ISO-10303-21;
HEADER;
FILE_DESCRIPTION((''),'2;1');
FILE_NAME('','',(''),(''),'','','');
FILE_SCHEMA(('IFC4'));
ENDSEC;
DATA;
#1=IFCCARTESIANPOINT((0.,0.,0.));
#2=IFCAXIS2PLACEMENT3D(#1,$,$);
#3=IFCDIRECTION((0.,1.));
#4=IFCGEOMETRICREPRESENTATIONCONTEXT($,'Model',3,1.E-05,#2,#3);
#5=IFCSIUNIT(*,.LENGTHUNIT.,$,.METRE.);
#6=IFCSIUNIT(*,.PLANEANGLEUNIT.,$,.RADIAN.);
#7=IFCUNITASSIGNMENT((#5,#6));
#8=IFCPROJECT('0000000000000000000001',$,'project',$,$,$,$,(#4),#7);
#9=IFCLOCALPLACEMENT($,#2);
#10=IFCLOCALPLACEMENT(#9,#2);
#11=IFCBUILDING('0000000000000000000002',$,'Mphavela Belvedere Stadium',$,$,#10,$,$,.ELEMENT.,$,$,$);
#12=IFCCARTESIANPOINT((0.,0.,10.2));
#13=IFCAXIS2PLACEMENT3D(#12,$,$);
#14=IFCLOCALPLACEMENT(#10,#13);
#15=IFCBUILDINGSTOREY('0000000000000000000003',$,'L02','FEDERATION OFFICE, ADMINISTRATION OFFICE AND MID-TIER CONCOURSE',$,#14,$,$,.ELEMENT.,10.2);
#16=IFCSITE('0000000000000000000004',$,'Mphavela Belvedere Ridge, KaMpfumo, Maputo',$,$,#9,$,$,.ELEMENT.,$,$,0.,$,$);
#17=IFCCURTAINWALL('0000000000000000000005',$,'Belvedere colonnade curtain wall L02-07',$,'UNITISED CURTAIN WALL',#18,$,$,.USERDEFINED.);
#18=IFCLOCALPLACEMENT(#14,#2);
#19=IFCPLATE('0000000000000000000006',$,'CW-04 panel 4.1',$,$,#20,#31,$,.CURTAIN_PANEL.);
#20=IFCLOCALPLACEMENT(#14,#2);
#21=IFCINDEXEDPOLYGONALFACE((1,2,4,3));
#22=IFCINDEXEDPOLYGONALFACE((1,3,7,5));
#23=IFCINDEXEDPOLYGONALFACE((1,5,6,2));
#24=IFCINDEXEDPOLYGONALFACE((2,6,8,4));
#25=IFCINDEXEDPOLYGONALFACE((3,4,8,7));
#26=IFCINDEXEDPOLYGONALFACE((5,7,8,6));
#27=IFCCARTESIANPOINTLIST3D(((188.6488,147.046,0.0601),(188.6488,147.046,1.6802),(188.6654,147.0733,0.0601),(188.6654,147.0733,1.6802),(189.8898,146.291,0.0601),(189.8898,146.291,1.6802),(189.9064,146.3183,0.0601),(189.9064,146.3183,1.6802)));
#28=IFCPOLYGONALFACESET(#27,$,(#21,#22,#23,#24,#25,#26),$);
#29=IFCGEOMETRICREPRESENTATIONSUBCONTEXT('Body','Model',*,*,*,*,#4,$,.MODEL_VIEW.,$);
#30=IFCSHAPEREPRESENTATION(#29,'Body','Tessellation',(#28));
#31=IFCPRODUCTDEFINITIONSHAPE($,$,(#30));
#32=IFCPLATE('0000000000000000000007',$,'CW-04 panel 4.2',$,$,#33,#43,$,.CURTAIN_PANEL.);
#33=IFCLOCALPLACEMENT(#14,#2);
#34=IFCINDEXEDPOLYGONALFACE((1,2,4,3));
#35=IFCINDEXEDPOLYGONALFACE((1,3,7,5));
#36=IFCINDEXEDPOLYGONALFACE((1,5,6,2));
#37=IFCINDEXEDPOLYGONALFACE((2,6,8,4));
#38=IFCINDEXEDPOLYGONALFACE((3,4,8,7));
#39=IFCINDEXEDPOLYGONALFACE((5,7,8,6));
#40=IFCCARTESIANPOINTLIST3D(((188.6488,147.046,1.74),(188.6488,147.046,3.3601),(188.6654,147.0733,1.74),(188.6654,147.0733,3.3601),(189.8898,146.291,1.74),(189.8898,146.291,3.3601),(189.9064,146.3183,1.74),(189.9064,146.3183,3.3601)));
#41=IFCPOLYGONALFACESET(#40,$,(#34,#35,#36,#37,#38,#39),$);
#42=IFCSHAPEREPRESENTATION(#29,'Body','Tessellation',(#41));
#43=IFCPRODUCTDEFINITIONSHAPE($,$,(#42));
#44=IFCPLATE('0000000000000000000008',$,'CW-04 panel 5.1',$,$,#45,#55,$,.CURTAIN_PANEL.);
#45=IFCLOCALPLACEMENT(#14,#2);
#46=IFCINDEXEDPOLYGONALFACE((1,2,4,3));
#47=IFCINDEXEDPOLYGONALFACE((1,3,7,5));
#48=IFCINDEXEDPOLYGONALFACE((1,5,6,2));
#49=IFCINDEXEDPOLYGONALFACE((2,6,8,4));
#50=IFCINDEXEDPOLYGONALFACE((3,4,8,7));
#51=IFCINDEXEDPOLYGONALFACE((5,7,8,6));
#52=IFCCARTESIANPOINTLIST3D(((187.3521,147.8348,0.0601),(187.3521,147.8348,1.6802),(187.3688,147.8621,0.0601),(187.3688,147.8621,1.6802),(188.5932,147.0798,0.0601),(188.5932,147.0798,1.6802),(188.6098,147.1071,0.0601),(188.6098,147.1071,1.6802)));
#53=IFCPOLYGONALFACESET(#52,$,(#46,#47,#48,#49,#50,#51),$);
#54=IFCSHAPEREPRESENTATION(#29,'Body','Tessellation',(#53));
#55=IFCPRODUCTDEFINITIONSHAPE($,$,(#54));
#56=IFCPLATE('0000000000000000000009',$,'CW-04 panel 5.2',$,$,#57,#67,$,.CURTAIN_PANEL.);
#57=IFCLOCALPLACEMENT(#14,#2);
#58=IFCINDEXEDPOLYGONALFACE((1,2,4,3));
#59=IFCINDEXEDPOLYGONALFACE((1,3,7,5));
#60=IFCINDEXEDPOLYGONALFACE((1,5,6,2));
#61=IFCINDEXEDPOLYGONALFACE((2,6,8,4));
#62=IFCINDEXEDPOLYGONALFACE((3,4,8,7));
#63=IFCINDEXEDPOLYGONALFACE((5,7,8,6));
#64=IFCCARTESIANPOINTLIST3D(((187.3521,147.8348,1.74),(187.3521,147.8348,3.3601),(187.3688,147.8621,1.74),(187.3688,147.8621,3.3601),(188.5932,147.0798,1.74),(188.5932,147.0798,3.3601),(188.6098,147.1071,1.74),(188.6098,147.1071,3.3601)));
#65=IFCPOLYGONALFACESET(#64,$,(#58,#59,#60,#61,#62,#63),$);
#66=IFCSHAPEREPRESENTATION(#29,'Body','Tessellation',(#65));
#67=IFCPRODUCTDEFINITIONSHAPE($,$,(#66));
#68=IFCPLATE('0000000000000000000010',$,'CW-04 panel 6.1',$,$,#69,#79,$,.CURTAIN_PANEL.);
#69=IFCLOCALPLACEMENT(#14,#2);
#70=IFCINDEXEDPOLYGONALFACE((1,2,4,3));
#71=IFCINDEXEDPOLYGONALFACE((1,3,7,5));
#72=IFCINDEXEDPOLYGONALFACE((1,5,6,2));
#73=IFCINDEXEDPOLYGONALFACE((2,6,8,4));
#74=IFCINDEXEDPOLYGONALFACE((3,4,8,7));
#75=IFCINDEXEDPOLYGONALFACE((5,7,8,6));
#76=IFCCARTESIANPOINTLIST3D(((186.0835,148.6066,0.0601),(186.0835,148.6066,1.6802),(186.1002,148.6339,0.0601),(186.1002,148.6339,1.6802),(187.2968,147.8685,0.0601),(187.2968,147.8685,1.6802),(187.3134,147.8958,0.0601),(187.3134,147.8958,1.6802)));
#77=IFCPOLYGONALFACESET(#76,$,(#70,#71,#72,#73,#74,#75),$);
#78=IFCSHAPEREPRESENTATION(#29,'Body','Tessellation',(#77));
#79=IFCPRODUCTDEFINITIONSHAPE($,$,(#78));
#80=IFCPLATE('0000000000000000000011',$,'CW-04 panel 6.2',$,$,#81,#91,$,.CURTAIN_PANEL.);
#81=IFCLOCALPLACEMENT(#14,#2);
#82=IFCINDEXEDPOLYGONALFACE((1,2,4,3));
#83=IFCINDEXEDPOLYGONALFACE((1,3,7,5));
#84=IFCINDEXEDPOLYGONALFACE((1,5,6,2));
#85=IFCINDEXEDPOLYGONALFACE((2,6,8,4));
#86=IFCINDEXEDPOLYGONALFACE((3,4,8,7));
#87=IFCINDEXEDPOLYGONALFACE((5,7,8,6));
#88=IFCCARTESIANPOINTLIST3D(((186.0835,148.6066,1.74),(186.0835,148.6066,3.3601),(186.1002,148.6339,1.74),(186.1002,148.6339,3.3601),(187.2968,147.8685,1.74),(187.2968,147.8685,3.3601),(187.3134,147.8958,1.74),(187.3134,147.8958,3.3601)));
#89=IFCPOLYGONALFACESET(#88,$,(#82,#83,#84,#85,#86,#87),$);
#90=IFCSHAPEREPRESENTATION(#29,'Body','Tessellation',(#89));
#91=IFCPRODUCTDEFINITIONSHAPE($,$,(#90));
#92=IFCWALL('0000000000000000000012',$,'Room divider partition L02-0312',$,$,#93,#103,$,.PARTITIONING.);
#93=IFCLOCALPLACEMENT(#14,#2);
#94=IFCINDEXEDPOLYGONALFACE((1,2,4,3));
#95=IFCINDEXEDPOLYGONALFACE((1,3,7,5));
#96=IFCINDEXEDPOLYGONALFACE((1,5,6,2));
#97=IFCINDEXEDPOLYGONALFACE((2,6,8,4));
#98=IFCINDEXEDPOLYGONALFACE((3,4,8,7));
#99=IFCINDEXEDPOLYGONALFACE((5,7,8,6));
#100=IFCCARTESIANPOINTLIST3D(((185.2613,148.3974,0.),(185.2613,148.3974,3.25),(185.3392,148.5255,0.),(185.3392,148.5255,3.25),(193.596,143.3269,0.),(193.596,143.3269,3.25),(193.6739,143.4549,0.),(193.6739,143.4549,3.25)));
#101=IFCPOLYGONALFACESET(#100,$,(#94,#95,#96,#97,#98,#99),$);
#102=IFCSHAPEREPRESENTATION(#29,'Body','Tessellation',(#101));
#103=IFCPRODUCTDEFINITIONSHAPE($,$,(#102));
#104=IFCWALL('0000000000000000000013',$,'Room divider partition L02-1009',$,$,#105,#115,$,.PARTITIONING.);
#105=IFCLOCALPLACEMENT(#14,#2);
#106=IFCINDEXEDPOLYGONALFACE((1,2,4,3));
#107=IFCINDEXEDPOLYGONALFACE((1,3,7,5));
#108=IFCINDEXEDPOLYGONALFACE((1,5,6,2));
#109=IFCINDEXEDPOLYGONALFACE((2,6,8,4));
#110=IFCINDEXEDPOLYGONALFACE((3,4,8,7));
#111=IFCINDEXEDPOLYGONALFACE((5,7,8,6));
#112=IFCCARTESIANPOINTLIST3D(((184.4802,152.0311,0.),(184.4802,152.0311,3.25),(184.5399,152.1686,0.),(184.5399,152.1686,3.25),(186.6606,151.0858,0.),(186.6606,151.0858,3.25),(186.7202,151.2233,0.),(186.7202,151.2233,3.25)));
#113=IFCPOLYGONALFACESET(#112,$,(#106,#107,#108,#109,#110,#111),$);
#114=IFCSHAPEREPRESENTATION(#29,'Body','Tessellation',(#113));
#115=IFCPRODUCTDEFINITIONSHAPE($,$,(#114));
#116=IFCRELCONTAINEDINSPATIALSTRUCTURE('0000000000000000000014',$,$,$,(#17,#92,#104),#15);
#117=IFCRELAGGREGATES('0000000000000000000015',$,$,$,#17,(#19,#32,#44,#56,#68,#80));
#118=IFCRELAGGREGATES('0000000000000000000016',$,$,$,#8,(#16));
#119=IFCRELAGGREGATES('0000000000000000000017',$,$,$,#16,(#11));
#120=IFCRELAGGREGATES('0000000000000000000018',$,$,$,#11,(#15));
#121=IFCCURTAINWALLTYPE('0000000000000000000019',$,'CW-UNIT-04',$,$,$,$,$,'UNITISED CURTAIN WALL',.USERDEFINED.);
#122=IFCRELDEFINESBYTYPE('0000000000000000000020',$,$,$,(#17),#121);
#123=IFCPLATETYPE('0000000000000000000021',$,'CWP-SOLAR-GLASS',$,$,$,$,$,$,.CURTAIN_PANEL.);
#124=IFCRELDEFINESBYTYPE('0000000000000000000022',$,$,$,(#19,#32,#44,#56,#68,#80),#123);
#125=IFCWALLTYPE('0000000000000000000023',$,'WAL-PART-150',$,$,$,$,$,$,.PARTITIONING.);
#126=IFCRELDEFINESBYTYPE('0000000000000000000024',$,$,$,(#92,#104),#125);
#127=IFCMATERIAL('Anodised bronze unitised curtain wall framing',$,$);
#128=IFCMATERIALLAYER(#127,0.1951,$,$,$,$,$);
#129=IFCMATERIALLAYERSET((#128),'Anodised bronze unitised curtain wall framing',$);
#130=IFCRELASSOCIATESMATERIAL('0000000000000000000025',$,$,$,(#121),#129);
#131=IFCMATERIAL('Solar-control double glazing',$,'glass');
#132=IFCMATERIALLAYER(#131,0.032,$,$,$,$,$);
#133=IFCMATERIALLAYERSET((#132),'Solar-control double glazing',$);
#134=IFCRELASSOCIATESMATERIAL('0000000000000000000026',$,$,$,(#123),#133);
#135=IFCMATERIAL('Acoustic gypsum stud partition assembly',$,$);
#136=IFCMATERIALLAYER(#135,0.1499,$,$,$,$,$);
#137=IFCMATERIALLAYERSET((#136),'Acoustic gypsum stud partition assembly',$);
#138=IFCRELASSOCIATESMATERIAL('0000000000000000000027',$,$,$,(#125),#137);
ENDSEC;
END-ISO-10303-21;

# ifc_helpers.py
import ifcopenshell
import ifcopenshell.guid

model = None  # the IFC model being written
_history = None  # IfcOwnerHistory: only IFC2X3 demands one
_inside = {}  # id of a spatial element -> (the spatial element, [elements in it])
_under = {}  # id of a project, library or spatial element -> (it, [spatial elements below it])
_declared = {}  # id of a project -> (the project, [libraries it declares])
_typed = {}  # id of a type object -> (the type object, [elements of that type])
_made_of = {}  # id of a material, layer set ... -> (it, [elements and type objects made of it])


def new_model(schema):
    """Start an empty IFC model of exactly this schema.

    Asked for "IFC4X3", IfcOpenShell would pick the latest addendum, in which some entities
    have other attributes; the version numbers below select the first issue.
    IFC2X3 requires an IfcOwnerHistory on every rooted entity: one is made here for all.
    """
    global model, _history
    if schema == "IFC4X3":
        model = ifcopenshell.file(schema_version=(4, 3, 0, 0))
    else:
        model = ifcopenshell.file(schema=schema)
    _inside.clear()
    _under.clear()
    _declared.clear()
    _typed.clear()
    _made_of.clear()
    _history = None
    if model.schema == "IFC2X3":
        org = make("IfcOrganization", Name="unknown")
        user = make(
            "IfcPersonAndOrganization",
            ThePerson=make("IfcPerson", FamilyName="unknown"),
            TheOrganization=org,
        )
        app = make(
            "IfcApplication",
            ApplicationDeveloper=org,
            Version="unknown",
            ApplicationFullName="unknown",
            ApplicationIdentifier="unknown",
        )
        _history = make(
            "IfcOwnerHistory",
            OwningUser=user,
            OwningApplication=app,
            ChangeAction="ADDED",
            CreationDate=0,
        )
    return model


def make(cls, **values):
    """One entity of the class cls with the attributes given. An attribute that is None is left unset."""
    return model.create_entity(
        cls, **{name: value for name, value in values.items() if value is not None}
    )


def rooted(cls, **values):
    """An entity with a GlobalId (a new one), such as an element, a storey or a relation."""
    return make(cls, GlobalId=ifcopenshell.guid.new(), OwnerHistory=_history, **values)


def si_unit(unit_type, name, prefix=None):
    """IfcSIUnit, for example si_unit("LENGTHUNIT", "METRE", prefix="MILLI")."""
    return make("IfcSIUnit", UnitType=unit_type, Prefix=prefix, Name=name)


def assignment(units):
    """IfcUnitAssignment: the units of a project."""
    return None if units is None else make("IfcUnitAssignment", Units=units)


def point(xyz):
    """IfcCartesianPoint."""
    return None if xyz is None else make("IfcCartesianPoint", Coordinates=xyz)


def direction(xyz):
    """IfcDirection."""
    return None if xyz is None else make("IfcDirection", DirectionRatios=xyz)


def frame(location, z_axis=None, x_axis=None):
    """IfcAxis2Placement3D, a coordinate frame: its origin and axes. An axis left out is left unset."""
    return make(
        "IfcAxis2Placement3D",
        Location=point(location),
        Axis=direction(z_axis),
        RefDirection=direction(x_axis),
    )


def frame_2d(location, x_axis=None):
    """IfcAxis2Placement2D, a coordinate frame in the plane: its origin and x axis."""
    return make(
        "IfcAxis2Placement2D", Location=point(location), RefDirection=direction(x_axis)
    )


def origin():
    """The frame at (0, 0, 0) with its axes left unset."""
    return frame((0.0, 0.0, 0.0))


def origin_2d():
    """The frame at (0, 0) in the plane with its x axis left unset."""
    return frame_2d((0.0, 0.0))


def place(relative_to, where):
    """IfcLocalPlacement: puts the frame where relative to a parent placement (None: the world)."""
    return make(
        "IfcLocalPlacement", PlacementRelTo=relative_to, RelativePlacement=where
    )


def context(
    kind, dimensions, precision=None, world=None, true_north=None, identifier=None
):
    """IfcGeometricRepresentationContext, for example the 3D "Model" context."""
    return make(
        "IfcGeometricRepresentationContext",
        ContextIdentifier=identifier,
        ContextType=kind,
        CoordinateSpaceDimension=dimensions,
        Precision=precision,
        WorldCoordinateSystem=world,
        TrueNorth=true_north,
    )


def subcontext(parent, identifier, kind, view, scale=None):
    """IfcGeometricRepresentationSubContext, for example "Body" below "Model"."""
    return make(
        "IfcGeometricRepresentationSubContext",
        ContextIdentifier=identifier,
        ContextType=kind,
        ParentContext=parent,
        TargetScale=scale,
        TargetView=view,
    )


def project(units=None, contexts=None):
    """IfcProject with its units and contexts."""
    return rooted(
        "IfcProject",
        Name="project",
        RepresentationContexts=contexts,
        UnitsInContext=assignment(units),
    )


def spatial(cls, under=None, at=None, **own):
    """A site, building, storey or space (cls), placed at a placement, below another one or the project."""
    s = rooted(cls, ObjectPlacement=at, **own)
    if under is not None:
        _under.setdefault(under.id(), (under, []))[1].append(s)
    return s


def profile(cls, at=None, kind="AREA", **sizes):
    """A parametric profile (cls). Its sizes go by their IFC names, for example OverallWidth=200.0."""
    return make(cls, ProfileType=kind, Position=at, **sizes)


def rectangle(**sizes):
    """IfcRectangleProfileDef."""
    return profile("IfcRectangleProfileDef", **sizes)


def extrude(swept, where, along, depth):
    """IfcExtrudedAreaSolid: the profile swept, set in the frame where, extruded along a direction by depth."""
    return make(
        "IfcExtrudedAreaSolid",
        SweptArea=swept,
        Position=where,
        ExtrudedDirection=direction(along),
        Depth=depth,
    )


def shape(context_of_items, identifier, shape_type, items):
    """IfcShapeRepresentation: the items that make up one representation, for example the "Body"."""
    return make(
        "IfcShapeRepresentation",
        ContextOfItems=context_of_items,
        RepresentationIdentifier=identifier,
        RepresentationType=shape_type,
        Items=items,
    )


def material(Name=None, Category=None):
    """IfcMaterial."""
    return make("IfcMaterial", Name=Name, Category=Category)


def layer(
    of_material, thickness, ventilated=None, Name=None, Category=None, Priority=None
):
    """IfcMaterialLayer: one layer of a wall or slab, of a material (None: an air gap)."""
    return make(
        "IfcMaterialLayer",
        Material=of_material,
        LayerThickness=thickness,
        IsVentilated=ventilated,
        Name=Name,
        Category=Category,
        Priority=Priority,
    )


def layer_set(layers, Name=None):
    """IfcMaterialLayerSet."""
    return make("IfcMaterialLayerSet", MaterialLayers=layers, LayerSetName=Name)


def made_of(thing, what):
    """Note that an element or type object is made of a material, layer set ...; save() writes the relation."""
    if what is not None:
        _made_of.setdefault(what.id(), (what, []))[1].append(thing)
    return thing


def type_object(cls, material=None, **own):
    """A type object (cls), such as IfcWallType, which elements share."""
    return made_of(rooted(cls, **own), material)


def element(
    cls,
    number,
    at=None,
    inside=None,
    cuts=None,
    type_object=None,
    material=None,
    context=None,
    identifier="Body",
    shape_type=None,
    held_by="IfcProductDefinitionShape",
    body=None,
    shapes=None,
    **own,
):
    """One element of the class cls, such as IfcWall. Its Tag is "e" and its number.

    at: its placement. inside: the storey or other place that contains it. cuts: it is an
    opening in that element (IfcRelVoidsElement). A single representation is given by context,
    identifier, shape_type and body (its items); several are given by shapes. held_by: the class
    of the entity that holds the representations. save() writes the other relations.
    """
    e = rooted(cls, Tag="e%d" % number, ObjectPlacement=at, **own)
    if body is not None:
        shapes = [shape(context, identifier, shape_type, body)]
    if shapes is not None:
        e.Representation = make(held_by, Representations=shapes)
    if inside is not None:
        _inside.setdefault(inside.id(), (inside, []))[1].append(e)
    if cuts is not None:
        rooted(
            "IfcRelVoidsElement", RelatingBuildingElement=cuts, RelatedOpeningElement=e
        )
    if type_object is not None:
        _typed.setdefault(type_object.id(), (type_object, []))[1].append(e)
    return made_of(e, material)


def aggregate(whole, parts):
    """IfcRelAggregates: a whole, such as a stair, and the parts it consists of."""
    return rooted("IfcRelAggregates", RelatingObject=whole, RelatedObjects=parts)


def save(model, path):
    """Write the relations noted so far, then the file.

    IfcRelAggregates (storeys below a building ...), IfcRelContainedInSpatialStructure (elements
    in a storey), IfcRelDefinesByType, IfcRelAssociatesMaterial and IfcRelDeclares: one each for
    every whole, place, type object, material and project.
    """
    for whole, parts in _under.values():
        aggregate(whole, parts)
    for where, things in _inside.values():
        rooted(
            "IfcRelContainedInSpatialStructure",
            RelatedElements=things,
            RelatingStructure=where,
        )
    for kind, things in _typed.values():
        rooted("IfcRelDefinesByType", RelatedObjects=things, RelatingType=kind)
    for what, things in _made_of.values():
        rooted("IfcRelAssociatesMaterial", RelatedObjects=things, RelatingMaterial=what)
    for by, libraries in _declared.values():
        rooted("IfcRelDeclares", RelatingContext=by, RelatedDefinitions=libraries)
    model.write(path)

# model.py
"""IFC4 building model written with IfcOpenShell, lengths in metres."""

from ifc_helpers import new_model, si_unit, direction, frame, frame_2d, origin, origin_2d, place, context, subcontext, project, spatial, rectangle, extrude, material, layer, layer_set, type_object, element, aggregate, save


model = new_model("IFC4")

# Units and contexts
model_context = context("Model", 3, precision=1e-05, world=origin(), true_north=direction((0.0, 1.0)))
body_context = subcontext(model_context, "Body", "Model", "MODEL_VIEW")
ifc_project = project(units=[si_unit("LENGTHUNIT", "METRE"), si_unit("PLANEANGLEUNIT", "RADIAN")], contexts=[model_context])

# Site, building, storey
site_placement = place(None, origin())
site = spatial("IfcSite", under=ifc_project, at=site_placement, Name="Mphavela Belvedere Ridge, KaMpfumo, Maputo", CompositionType="ELEMENT", RefElevation=0.0)
building_placement = place(site_placement, origin())
building = spatial("IfcBuilding", under=site, at=building_placement, Name="Mphavela Belvedere Stadium", CompositionType="ELEMENT")
storey_placement = place(building_placement, frame((0.0, 0.0, 10.2)))
storey = spatial("IfcBuildingStorey", under=building, at=storey_placement, Name="L02", Description="FEDERATION OFFICE, ADMINISTRATION OFFICE AND MID-TIER CONCOURSE", CompositionType="ELEMENT", Elevation=10.2)

# Curtain wall, plates
ifc_material_1 = material(Name="Anodised bronze unitised curtain wall framing")
ifc_layer_1 = layer(ifc_material_1, 0.1951)
ifc_layer_set_1 = layer_set([ifc_layer_1], Name="Anodised bronze unitised curtain wall framing")
curtain_wall_type = type_object("IfcCurtainWallType", Name="CW-UNIT-04", ElementType="UNITISED CURTAIN WALL", PredefinedType="USERDEFINED", material=ifc_layer_set_1)
curtain_wall_placement = place(storey_placement, origin())
curtain_wall = element("IfcCurtainWall", 1, at=curtain_wall_placement, inside=storey, type_object=curtain_wall_type, Name="Belvedere colonnade curtain wall L02-07", ObjectType="UNITISED CURTAIN WALL", PredefinedType="USERDEFINED")
ifc_material_2 = material(Name="Solar-control double glazing", Category="glass")
ifc_layer_2 = layer(ifc_material_2, 0.032)
ifc_layer_set_2 = layer_set([ifc_layer_2], Name="Solar-control double glazing")
plate_type = type_object("IfcPlateType", Name="CWP-SOLAR-GLASS", PredefinedType="CURTAIN_PANEL", material=ifc_layer_set_2)
plate_1_placement = place(storey_placement, frame((189.2776, 146.6821, 0.0601), z_axis=(0.0, 0.0, 1.0), x_axis=(-0.85433, 0.519732, 0.0)))
plate_1 = element("IfcPlate", 2, at=plate_1_placement, type_object=plate_type, Name="CW-04 panel 4.1", PredefinedType="CURTAIN_PANEL", context=body_context, shape_type="SweptSolid", body=[
    extrude(rectangle(XDim=1.4526, YDim=0.032, at=origin_2d()), origin(), (0.0, 0.0, 1.0), 1.6201),
])
plate_2_placement = place(storey_placement, frame((189.2776, 146.6821, 1.74), z_axis=(0.0, 0.0, 1.0), x_axis=(-0.85433, 0.519732, 0.0)))
plate_2 = element("IfcPlate", 3, at=plate_2_placement, type_object=plate_type, Name="CW-04 panel 4.2", PredefinedType="CURTAIN_PANEL", context=body_context, shape_type="SweptSolid", body=[
    extrude(rectangle(XDim=1.4526, YDim=0.032, at=origin_2d()), origin(), (0.0, 0.0, 1.0), 1.6201),
])
plate_3_placement = place(storey_placement, frame((187.981, 147.4709, 0.0601), z_axis=(0.0, 0.0, 1.0), x_axis=(-0.85433, 0.519732, 0.0)))
plate_3 = element("IfcPlate", 4, at=plate_3_placement, type_object=plate_type, Name="CW-04 panel 5.1", PredefinedType="CURTAIN_PANEL", context=body_context, shape_type="SweptSolid", body=[
    extrude(rectangle(XDim=1.4526, YDim=0.032, at=origin_2d()), origin(), (0.0, 0.0, 1.0), 1.6201),
])
plate_4_placement = place(storey_placement, frame((187.981, 147.4709, 1.74), z_axis=(0.0, 0.0, 1.0), x_axis=(-0.85433, 0.519732, 0.0)))
plate_4 = element("IfcPlate", 5, at=plate_4_placement, type_object=plate_type, Name="CW-04 panel 5.2", PredefinedType="CURTAIN_PANEL", context=body_context, shape_type="SweptSolid", body=[
    extrude(rectangle(XDim=1.4526, YDim=0.032, at=origin_2d()), origin(), (0.0, 0.0, 1.0), 1.6201),
])
plate_5_placement = place(storey_placement, frame((186.6985, 148.2512, 0.0601), z_axis=(0.0, 0.0, 1.0), x_axis=(-0.85433, 0.519732, 0.0)))
plate_5 = element("IfcPlate", 6, at=plate_5_placement, type_object=plate_type, Name="CW-04 panel 6.1", PredefinedType="CURTAIN_PANEL", context=body_context, shape_type="SweptSolid", body=[
    extrude(rectangle(XDim=1.4202, YDim=0.032, at=origin_2d()), origin(), (0.0, 0.0, 1.0), 1.6201),
])
plate_6_placement = place(storey_placement, frame((186.6985, 148.2512, 1.74), z_axis=(0.0, 0.0, 1.0), x_axis=(-0.85433, 0.519732, 0.0)))
plate_6 = element("IfcPlate", 7, at=plate_6_placement, type_object=plate_type, Name="CW-04 panel 6.2", PredefinedType="CURTAIN_PANEL", context=body_context, shape_type="SweptSolid", body=[
    extrude(rectangle(XDim=1.4202, YDim=0.032, at=origin_2d()), origin(), (0.0, 0.0, 1.0), 1.6201),
])
aggregate(curtain_wall, [plate_1, plate_2, plate_3, plate_4, plate_5, plate_6])

# Walls
ifc_material_3 = material(Name="Acoustic gypsum stud partition assembly")
ifc_layer_3 = layer(ifc_material_3, 0.1499)
ifc_layer_set_3 = layer_set([ifc_layer_3], Name="Acoustic gypsum stud partition assembly")
wall_type = type_object("IfcWallType", Name="WAL-PART-150", PredefinedType="PARTITIONING", material=ifc_layer_set_3)
wall_1_placement = place(storey_placement, frame((185.3003, 148.4614, 0.0), z_axis=(0.0, 0.0, 1.0), x_axis=(0.854324, -0.519741, 0.0)))
element("IfcWall", 8, at=wall_1_placement, inside=storey, type_object=wall_type, Name="Room divider partition L02-0312", PredefinedType="PARTITIONING", context=body_context, shape_type="SweptSolid", body=[
    extrude(rectangle(XDim=9.7559, YDim=0.1499, at=frame_2d((4.8779, 0.0))), origin(), (0.0, 0.0, 1.0), 3.25),
])
wall_2_placement = place(storey_placement, frame((186.6904, 151.1545, 0.0), z_axis=(0.0, 0.0, 1.0), x_axis=(-0.917484, 0.397772, 0.0)))
element("IfcWall", 9, at=wall_2_placement, inside=storey, type_object=wall_type, Name="Room divider partition L02-1009", PredefinedType="PARTITIONING", context=body_context, shape_type="SweptSolid", body=[
    extrude(rectangle(XDim=2.3765, YDim=0.1499, at=frame_2d((1.1882, 0.0))), origin(), (0.0, 0.0, 1.0), 3.25),
])

save(model, "model.ifc")
